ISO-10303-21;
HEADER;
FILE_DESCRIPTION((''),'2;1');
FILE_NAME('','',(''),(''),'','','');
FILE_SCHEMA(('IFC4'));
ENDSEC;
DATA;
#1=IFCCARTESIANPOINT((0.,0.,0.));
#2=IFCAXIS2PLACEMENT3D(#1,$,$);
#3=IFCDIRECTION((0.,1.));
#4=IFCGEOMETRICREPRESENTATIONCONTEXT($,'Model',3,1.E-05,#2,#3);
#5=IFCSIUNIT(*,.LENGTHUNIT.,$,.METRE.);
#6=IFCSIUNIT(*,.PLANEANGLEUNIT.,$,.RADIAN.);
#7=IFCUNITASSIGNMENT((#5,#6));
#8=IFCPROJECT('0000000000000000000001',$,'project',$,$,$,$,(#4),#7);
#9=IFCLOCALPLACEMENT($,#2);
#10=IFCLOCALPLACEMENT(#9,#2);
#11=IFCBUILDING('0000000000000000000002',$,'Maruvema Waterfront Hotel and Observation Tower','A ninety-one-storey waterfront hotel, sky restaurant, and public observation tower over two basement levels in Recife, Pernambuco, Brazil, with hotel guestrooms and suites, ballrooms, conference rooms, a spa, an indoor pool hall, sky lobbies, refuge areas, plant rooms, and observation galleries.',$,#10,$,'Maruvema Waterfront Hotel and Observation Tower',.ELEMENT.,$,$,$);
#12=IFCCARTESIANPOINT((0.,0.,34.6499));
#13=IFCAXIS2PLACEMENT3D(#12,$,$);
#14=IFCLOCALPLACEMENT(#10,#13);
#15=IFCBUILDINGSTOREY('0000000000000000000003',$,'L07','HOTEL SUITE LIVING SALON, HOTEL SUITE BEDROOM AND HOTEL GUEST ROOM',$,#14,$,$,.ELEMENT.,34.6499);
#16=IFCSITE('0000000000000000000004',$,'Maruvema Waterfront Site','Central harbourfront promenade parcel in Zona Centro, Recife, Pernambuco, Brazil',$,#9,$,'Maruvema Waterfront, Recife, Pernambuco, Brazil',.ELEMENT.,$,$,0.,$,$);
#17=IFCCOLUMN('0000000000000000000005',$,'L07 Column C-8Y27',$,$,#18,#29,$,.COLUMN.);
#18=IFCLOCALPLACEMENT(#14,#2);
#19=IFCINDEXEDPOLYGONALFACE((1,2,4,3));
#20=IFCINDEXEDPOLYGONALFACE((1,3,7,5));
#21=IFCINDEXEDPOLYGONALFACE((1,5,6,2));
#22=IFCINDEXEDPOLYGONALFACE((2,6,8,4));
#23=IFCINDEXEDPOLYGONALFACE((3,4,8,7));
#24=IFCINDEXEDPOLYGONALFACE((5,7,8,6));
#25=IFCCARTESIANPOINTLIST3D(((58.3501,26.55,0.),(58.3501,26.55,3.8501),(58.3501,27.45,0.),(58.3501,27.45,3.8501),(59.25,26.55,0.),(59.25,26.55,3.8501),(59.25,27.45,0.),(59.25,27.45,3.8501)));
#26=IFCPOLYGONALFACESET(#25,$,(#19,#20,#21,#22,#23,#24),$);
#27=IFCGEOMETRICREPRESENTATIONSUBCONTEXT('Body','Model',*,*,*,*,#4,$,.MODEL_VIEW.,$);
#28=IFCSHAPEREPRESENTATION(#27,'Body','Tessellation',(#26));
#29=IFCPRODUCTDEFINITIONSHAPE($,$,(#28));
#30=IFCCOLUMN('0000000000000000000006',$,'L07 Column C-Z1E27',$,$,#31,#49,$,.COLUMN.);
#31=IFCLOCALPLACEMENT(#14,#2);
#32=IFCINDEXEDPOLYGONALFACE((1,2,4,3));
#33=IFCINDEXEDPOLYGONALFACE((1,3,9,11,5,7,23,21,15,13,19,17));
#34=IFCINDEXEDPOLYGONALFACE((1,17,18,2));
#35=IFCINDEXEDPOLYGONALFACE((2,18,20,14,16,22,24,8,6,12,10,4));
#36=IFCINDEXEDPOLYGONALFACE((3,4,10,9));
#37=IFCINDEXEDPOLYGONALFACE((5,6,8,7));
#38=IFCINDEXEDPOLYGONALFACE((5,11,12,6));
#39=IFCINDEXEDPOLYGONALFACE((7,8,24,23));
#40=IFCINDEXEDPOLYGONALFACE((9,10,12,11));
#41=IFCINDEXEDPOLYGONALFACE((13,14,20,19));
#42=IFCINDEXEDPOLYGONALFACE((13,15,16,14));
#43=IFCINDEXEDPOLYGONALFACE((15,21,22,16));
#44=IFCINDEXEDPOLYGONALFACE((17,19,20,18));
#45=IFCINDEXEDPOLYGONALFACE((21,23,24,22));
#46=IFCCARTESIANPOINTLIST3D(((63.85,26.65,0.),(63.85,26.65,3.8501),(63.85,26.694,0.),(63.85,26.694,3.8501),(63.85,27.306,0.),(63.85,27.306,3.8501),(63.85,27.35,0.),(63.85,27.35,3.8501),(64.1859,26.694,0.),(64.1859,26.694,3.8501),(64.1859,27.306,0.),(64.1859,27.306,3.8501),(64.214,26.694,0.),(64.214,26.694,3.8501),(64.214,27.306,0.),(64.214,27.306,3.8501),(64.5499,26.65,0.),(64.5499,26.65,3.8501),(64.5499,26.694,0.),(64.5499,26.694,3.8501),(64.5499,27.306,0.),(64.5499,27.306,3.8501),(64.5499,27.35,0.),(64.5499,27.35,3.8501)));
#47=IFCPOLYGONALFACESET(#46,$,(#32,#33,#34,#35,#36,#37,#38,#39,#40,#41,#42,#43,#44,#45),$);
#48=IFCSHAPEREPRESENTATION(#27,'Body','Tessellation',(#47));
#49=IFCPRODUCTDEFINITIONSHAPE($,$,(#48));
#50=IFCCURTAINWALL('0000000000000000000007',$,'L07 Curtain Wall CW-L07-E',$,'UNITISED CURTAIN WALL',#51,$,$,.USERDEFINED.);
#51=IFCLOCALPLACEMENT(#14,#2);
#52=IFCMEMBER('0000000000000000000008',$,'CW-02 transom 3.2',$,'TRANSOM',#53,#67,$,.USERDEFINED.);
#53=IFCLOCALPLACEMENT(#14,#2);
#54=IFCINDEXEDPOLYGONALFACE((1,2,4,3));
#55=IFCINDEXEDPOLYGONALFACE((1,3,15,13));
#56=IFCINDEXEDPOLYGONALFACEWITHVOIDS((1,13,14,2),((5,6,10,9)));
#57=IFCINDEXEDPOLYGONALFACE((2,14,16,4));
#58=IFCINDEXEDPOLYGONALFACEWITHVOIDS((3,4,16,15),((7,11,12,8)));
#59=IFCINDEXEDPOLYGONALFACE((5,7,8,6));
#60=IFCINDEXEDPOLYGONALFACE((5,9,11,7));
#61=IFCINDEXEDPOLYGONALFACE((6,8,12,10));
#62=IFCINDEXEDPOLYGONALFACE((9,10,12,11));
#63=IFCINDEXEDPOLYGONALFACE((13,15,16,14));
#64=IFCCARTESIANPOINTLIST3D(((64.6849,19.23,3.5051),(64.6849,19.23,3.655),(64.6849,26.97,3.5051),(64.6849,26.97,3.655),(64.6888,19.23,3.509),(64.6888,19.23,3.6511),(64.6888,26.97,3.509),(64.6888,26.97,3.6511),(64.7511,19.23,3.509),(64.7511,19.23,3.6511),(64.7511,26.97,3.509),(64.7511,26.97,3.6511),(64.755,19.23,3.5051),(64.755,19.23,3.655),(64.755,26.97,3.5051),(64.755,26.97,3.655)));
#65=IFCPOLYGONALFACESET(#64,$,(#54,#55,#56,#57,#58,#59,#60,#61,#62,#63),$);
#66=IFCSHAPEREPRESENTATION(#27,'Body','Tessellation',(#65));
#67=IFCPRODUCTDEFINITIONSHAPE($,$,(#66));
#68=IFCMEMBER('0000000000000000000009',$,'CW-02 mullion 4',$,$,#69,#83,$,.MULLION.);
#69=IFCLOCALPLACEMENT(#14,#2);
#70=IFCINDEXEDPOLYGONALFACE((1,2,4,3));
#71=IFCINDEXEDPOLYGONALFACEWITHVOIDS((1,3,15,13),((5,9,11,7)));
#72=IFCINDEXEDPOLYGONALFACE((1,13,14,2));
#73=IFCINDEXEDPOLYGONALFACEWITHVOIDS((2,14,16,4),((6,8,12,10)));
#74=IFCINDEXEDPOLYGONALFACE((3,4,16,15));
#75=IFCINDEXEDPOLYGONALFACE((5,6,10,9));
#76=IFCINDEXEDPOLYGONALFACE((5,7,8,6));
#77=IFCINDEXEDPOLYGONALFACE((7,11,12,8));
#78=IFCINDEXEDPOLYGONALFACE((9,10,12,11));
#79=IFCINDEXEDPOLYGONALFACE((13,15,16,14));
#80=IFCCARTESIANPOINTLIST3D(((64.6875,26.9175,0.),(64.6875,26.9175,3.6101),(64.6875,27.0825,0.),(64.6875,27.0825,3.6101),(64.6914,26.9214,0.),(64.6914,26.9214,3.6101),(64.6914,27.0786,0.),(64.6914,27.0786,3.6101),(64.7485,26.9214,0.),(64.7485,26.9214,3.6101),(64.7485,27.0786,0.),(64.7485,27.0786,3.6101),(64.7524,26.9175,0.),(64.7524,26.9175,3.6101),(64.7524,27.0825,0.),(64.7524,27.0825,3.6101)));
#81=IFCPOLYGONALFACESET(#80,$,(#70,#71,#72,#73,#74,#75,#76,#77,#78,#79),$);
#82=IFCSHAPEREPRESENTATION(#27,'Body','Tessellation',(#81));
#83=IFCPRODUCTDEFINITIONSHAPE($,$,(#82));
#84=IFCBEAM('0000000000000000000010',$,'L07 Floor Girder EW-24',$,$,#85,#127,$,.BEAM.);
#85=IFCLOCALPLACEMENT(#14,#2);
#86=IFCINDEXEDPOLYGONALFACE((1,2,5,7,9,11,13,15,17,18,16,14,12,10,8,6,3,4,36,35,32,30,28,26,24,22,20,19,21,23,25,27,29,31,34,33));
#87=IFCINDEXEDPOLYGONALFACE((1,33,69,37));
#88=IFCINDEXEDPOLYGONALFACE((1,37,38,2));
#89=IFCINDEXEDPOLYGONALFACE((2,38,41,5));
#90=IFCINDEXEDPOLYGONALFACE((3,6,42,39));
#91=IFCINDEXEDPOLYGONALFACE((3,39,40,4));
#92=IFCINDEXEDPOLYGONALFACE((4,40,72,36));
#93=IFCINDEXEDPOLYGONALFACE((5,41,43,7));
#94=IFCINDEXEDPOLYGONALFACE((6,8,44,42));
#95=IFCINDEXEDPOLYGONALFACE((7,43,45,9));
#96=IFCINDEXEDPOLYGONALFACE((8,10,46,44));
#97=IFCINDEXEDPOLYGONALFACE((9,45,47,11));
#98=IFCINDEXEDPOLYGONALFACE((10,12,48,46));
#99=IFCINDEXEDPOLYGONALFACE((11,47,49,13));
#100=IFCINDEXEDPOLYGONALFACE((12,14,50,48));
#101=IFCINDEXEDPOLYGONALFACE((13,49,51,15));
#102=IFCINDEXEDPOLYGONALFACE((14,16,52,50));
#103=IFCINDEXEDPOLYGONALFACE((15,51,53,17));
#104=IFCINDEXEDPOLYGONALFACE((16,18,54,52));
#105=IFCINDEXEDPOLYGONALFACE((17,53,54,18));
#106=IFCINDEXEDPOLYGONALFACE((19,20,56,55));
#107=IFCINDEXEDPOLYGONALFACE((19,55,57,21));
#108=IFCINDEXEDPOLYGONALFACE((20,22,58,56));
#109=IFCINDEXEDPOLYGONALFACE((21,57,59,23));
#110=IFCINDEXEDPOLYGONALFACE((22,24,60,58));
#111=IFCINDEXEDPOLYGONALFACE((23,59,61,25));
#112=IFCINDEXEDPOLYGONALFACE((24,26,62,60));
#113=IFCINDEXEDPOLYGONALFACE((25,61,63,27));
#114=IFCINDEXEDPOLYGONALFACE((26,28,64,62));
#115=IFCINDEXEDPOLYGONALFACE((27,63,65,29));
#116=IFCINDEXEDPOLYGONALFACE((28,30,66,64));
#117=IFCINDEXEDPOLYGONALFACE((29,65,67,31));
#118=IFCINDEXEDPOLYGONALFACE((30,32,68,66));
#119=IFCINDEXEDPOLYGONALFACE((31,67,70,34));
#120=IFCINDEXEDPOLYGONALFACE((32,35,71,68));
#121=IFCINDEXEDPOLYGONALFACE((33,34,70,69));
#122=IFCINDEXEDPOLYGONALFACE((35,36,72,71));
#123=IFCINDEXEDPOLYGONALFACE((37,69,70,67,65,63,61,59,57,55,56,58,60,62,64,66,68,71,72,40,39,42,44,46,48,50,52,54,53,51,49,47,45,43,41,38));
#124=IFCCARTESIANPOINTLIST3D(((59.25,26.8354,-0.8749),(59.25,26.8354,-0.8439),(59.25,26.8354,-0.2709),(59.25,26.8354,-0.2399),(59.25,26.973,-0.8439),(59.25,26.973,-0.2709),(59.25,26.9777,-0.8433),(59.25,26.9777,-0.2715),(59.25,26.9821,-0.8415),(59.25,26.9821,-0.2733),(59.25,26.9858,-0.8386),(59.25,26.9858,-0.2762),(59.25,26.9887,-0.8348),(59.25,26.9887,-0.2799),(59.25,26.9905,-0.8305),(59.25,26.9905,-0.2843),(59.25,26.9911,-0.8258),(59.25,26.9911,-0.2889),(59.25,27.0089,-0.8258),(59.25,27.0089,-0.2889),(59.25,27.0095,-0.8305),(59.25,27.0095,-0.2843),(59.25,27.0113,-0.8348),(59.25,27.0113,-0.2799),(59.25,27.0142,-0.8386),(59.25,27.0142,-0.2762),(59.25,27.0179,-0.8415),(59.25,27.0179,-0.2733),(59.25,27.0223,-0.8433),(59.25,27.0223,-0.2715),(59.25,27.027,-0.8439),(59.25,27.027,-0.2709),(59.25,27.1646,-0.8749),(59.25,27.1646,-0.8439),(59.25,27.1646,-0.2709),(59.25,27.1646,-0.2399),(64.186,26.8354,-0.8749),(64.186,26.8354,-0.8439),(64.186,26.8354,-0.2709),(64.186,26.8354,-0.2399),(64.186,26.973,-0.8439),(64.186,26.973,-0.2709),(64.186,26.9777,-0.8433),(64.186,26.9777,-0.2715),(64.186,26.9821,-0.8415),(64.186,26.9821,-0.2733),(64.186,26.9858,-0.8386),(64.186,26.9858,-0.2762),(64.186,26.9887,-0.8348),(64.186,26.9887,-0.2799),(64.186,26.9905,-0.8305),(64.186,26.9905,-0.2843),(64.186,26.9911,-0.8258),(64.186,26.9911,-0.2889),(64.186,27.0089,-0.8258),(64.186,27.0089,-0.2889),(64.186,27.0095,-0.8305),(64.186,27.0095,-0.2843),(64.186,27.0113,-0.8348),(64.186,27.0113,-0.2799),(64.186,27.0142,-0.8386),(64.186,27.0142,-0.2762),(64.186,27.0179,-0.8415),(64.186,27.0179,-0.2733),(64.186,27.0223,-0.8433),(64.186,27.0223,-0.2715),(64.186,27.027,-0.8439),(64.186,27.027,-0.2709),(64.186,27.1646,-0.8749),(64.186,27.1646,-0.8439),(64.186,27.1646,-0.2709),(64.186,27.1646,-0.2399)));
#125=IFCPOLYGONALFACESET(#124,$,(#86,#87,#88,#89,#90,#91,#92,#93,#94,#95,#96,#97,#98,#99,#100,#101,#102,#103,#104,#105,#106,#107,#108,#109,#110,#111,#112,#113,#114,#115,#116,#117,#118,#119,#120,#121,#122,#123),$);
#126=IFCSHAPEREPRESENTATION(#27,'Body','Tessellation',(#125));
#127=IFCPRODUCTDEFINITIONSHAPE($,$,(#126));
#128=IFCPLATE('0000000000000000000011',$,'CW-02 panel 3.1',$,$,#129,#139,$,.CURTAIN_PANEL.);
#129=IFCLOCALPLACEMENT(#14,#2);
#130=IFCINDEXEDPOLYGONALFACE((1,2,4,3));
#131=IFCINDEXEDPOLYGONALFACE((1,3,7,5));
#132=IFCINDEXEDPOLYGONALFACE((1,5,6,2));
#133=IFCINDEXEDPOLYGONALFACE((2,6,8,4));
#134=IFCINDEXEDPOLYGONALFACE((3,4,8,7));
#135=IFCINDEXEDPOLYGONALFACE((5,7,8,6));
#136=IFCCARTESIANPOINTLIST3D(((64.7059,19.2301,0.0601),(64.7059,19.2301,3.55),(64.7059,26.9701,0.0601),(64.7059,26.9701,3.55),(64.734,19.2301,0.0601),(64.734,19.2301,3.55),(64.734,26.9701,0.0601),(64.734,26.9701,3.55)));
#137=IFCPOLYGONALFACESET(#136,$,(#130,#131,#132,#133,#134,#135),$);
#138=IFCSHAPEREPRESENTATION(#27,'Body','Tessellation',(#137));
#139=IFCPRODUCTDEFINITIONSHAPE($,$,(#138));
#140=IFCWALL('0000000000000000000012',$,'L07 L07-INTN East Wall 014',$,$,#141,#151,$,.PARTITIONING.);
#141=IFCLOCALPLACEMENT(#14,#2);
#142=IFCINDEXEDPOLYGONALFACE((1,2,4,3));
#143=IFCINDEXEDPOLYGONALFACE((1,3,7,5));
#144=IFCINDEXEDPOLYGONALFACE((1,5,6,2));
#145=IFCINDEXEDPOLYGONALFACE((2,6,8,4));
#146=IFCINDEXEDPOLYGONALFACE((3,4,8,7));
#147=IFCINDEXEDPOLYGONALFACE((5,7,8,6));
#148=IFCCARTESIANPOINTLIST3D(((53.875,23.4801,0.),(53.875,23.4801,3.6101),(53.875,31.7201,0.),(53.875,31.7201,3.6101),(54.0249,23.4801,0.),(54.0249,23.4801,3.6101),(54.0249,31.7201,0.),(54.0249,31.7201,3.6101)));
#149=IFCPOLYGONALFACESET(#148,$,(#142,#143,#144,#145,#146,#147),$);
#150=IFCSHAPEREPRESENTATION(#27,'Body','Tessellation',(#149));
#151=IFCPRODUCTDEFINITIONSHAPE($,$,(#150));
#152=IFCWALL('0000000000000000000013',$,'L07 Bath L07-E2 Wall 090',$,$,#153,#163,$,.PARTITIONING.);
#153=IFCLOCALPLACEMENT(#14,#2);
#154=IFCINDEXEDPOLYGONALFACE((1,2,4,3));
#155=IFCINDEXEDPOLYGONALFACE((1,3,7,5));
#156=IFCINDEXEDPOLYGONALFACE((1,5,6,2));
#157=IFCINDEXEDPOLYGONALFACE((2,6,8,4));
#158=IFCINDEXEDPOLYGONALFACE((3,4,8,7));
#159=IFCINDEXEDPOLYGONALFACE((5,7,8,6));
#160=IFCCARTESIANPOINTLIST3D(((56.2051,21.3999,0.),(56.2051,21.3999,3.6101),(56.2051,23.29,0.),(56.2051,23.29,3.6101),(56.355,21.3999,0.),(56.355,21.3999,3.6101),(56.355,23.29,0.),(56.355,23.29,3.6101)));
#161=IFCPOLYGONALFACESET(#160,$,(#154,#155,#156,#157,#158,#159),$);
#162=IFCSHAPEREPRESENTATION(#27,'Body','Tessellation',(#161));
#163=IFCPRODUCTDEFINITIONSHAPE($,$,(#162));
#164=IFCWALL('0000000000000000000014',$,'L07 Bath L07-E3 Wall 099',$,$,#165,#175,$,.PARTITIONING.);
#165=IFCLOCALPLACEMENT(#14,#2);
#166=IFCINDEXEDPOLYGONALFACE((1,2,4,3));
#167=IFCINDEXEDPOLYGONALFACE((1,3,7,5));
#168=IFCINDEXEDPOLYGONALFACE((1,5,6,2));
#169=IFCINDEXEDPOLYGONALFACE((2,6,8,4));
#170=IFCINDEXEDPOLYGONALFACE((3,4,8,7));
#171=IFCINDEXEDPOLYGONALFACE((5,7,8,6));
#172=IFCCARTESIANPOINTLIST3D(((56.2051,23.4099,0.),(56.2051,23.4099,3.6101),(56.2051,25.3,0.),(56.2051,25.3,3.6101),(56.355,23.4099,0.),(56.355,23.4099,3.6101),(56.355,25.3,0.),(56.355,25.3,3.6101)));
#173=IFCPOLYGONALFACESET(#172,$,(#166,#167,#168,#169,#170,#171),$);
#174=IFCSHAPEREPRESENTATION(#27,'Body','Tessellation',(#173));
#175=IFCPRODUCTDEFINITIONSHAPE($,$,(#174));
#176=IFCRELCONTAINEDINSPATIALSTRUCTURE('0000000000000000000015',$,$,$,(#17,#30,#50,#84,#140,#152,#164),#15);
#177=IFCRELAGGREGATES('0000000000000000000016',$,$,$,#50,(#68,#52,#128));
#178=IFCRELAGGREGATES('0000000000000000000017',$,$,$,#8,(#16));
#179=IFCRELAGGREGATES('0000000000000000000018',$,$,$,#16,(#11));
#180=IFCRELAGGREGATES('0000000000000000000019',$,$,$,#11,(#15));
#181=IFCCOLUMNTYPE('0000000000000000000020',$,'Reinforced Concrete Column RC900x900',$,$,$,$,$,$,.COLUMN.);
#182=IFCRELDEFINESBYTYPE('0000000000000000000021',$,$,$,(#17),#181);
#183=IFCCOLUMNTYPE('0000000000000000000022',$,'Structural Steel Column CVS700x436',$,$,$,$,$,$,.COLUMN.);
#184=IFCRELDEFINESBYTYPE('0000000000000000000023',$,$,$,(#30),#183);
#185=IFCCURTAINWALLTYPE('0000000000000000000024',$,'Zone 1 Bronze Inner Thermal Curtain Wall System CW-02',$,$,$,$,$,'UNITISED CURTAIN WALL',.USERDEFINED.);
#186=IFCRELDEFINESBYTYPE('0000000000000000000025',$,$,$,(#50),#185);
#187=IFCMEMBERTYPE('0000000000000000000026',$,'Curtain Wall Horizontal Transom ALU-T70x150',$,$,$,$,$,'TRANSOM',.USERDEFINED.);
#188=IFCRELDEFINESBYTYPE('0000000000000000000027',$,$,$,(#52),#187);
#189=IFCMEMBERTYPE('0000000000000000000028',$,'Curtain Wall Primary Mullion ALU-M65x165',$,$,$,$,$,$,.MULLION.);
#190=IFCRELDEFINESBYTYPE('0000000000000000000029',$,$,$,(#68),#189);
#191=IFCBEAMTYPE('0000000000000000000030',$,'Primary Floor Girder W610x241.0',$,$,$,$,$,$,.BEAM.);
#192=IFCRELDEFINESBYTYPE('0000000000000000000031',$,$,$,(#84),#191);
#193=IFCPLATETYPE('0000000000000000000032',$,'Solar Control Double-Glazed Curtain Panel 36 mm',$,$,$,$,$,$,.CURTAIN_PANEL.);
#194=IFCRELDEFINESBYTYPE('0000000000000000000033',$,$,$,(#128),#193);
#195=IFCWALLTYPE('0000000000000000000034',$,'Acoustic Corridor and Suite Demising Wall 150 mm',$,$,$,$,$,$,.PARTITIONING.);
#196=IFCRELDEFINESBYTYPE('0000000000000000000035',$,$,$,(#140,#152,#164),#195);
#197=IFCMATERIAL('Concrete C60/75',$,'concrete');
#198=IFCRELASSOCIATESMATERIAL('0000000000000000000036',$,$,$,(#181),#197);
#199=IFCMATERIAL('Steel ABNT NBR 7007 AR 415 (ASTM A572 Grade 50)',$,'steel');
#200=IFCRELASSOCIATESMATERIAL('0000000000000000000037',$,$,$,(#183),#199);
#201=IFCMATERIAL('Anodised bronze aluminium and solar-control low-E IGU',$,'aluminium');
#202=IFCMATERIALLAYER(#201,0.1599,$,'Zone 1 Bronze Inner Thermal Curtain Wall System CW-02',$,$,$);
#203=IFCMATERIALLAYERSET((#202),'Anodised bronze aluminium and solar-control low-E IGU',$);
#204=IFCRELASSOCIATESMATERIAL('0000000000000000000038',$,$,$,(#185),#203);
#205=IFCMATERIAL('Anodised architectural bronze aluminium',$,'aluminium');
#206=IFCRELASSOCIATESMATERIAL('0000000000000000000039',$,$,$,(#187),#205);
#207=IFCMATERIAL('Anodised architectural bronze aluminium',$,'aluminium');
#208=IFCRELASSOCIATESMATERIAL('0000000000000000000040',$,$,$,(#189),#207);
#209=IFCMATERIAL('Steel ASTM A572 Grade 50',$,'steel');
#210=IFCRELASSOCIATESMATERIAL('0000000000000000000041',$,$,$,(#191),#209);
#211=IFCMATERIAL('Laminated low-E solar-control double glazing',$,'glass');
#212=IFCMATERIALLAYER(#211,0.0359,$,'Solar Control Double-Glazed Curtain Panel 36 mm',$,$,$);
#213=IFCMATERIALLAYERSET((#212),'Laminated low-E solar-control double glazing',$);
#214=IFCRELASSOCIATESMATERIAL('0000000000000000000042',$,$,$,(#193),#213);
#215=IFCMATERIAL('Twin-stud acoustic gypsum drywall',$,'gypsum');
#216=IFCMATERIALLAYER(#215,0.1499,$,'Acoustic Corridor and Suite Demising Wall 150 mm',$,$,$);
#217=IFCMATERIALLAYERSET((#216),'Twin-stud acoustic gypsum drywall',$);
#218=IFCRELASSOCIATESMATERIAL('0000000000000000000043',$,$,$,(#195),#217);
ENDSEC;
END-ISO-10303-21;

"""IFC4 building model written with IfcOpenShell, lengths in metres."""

from ifc_helpers import new_model, si_unit, direction, frame, frame_2d, origin, origin_2d, place, context, subcontext, project, spatial, rectangle, hollow_rectangle, i_section, extrude, material, layer, layer_set, material_profile, profile_set, type_object, element, aggregate, save


model = new_model("IFC4")

# Units and contexts
model_context = context("Model", 3, precision=1e-05, world=origin(), true_north=direction((0.0, 1.0)))
body_context = subcontext(model_context, "Body", "Model", "MODEL_VIEW")
ifc_project = project(units=[si_unit("LENGTHUNIT", "METRE"), si_unit("PLANEANGLEUNIT", "RADIAN")], contexts=[model_context])

# Site, building, storey
site_placement = place(None, origin())
site = spatial("IfcSite", under=ifc_project, at=site_placement, Name="Maruvema Waterfront Site", Description="Central harbourfront promenade parcel in Zona Centro, Recife, Pernambuco, Brazil", LongName="Maruvema Waterfront, Recife, Pernambuco, Brazil", CompositionType="ELEMENT", RefElevation=0.0)
building_placement = place(site_placement, origin())
building = spatial("IfcBuilding", under=site, at=building_placement, Name="Maruvema Waterfront Hotel and Observation Tower", Description="A ninety-one-storey waterfront hotel, sky restaurant, and public observation tower over two basement levels in Recife, Pernambuco, Brazil, with hotel guestrooms and suites, ballrooms, conference rooms, a spa, an indoor pool hall, sky lobbies, refuge areas, plant rooms, and observation galleries.", LongName="Maruvema Waterfront Hotel and Observation Tower", CompositionType="ELEMENT")
storey_placement = place(building_placement, frame((0.0, 0.0, 34.6499)))
storey = spatial("IfcBuildingStorey", under=building, at=storey_placement, Name="L07", Description="HOTEL SUITE LIVING SALON, HOTEL SUITE BEDROOM AND HOTEL GUEST ROOM", CompositionType="ELEMENT", Elevation=34.6499)

# Columns
ifc_material_1 = material(Name="Concrete C60/75", Category="concrete")
ifc_material_profile_1 = material_profile(ifc_material_1, rectangle(XDim=0.8999, YDim=0.8999, at=origin_2d()), Name="RC900x900")
ifc_profile_set_1 = profile_set([ifc_material_profile_1], Name="Concrete C60/75")
column_type_1 = type_object("IfcColumnType", Name="Reinforced Concrete Column RC900x900", PredefinedType="COLUMN", material=ifc_profile_set_1)
column_1_placement = place(storey_placement, frame((58.8, 27.0, 0.0), z_axis=(0.0, 0.0, 1.0), x_axis=(1.0, 0.0, 0.0)))
element("IfcColumn", 1, at=column_1_placement, inside=storey, type_object=column_type_1, Name="L07 Column C-8Y27", PredefinedType="COLUMN", context=body_context, shape_type="SweptSolid", body=[
    extrude(rectangle(XDim=0.8999, YDim=0.8999, at=origin_2d()), origin(), (0.0, 0.0, 1.0), 3.8501),
])
ifc_material_2 = material(Name="Steel ABNT NBR 7007 AR 415 (ASTM A572 Grade 50)", Category="steel")
ifc_material_profile_2 = material_profile(ifc_material_2, i_section(OverallWidth=0.7, OverallDepth=0.7, WebThickness=0.0281, FlangeThickness=0.0439, at=origin_2d()), Name="CVS700x436")
ifc_profile_set_2 = profile_set([ifc_material_profile_2], Name="Steel ABNT NBR 7007 AR 415 (ASTM A572 Grade 50)")
column_type_2 = type_object("IfcColumnType", Name="Structural Steel Column CVS700x436", PredefinedType="COLUMN", material=ifc_profile_set_2)
column_2_placement = place(storey_placement, frame((64.2, 27.0, 0.0), z_axis=(0.0, 0.0, 1.0), x_axis=(1.0, 0.0, 0.0)))
element("IfcColumn", 2, at=column_2_placement, inside=storey, type_object=column_type_2, Name="L07 Column C-Z1E27", PredefinedType="COLUMN", context=body_context, shape_type="SweptSolid", body=[
    extrude(i_section(OverallWidth=0.7, OverallDepth=0.7, WebThickness=0.0281, FlangeThickness=0.0439, at=origin_2d()), origin(), (0.0, 0.0, 1.0), 3.8501),
])

# Curtain wall, members
ifc_material_3 = material(Name="Anodised bronze aluminium and solar-control low-E IGU", Category="aluminium")
ifc_layer_1 = layer(ifc_material_3, 0.1599, Name="Zone 1 Bronze Inner Thermal Curtain Wall System CW-02")
ifc_layer_set_1 = layer_set([ifc_layer_1], Name="Anodised bronze aluminium and solar-control low-E IGU")
curtain_wall_type = type_object("IfcCurtainWallType", Name="Zone 1 Bronze Inner Thermal Curtain Wall System CW-02", ElementType="UNITISED CURTAIN WALL", PredefinedType="USERDEFINED", material=ifc_layer_set_1)
curtain_wall_placement = place(storey_placement, origin())
curtain_wall = element("IfcCurtainWall", 3, at=curtain_wall_placement, inside=storey, type_object=curtain_wall_type, Name="L07 Curtain Wall CW-L07-E", ObjectType="UNITISED CURTAIN WALL", PredefinedType="USERDEFINED")
ifc_material_4 = material(Name="Anodised architectural bronze aluminium", Category="aluminium")
ifc_material_profile_3 = material_profile(ifc_material_4, hollow_rectangle(XDim=0.0701, YDim=0.1499, WallThickness=0.0039, at=origin_2d()), Name="ALU-T70x150")
ifc_profile_set_3 = profile_set([ifc_material_profile_3], Name="Anodised architectural bronze aluminium")
member_type_1 = type_object("IfcMemberType", Name="Curtain Wall Horizontal Transom ALU-T70x150", ElementType="TRANSOM", PredefinedType="USERDEFINED", material=ifc_profile_set_3)
member_1_placement = place(storey_placement, frame((64.72, 19.23, 3.5801), z_axis=(0.0, 1.0, 0.0), x_axis=(-1.0, 0.0, 0.0)))
member_1 = element("IfcMember", 4, at=member_1_placement, type_object=member_type_1, Name="CW-02 transom 3.2", ObjectType="TRANSOM", PredefinedType="USERDEFINED", context=body_context, shape_type="SweptSolid", body=[
    extrude(hollow_rectangle(XDim=0.0701, YDim=0.1499, WallThickness=0.0039, at=origin_2d()), origin(), (0.0, 0.0, 1.0), 7.74),
])
ifc_material_5 = material(Name="Anodised architectural bronze aluminium", Category="aluminium")
ifc_material_profile_4 = material_profile(ifc_material_5, hollow_rectangle(XDim=0.0649, YDim=0.165, WallThickness=0.0039, at=origin_2d()), Name="ALU-M65x165")
ifc_profile_set_4 = profile_set([ifc_material_profile_4], Name="Anodised architectural bronze aluminium")
member_type_2 = type_object("IfcMemberType", Name="Curtain Wall Primary Mullion ALU-M65x165", PredefinedType="MULLION", material=ifc_profile_set_4)
member_2_placement = place(storey_placement, frame((64.72, 27.0, 0.0), z_axis=(0.0, 0.0, 1.0), x_axis=(-1.0, 0.0, 0.0)))
member_2 = element("IfcMember", 5, at=member_2_placement, type_object=member_type_2, Name="CW-02 mullion 4", PredefinedType="MULLION", context=body_context, shape_type="SweptSolid", body=[
    extrude(hollow_rectangle(XDim=0.0649, YDim=0.165, WallThickness=0.0039, at=origin_2d()), origin(), (0.0, 0.0, 1.0), 3.6101),
])

# Beam
ifc_material_6 = material(Name="Steel ASTM A572 Grade 50", Category="steel")
ifc_material_profile_5 = material_profile(ifc_material_6, i_section(OverallWidth=0.3291, OverallDepth=0.635, WebThickness=0.0178, FlangeThickness=0.031, FilletRadius=0.0181, at=origin_2d()), Name="W610x241.0")
ifc_profile_set_5 = profile_set([ifc_material_profile_5], Name="Steel ASTM A572 Grade 50")
beam_type = type_object("IfcBeamType", Name="Primary Floor Girder W610x241.0", PredefinedType="BEAM", material=ifc_profile_set_5)
beam_placement = place(storey_placement, frame((59.25, 27.0, -0.5574), z_axis=(1.0, 0.0, 0.0), x_axis=(0.0, 1.0, 0.0)))
element("IfcBeam", 6, at=beam_placement, inside=storey, type_object=beam_type, Name="L07 Floor Girder EW-24", PredefinedType="BEAM", context=body_context, shape_type="SweptSolid", body=[
    extrude(i_section(OverallWidth=0.3291, OverallDepth=0.635, WebThickness=0.0178, FlangeThickness=0.031, FilletRadius=0.0181, at=origin_2d()), origin(), (0.0, 0.0, 1.0), 4.936),
])

# Plate
ifc_material_7 = material(Name="Laminated low-E solar-control double glazing", Category="glass")
ifc_layer_2 = layer(ifc_material_7, 0.0359, Name="Solar Control Double-Glazed Curtain Panel 36 mm")
ifc_layer_set_2 = layer_set([ifc_layer_2], Name="Laminated low-E solar-control double glazing")
plate_type = type_object("IfcPlateType", Name="Solar Control Double-Glazed Curtain Panel 36 mm", PredefinedType="CURTAIN_PANEL", material=ifc_layer_set_2)
plate_placement = place(storey_placement, frame((64.72, 23.1001, 0.0601), z_axis=(0.0, 0.0, 1.0), x_axis=(0.0, 1.0, 0.0)))
plate = element("IfcPlate", 7, at=plate_placement, type_object=plate_type, Name="CW-02 panel 3.1", PredefinedType="CURTAIN_PANEL", context=body_context, shape_type="SweptSolid", body=[
    extrude(rectangle(XDim=7.74, YDim=0.0281, at=origin_2d()), origin(), (0.0, 0.0, 1.0), 3.49),
])
aggregate(curtain_wall, [member_2, member_1, plate])

# Walls
ifc_material_8 = material(Name="Twin-stud acoustic gypsum drywall", Category="gypsum")
ifc_layer_3 = layer(ifc_material_8, 0.1499, Name="Acoustic Corridor and Suite Demising Wall 150 mm")
ifc_layer_set_3 = layer_set([ifc_layer_3], Name="Twin-stud acoustic gypsum drywall")
wall_type_1 = type_object("IfcWallType", Name="Acoustic Corridor and Suite Demising Wall 150 mm", PredefinedType="PARTITIONING", material=ifc_layer_set_3)
wall_1_placement = place(storey_placement, frame((53.95, 23.48, 0.0), z_axis=(0.0, 0.0, 1.0), x_axis=(0.0, 1.0, 0.0)))
element("IfcWall", 8, at=wall_1_placement, inside=storey, type_object=wall_type_1, Name="L07 L07-INTN East Wall 014", PredefinedType="PARTITIONING", context=body_context, shape_type="SweptSolid", body=[
    extrude(rectangle(XDim=8.24, YDim=0.1499, at=frame_2d((4.1201, 0.0))), origin(), (0.0, 0.0, 1.0), 3.6101),
])
for number, where, z_axis, x_axis, name in (
    (9, (56.28, 21.3999, 0.0), (0.0, 0.0, 1.0), (0.0, 1.0, 0.0), "L07 Bath L07-E2 Wall 090"),
    (10, (56.28, 23.4099, 0.0), (0.0, 0.0, 1.0), (0.0, 1.0, 0.0), "L07 Bath L07-E3 Wall 099"),
):
    element("IfcWall", number, at=place(storey_placement, frame(where, z_axis=z_axis, x_axis=x_axis)), inside=storey, type_object=wall_type_1, Name=name, PredefinedType="PARTITIONING", context=body_context, shape_type="SweptSolid", body=[
        extrude(rectangle(XDim=1.8901, YDim=0.1499, at=frame_2d((0.9451, 0.0))), origin(), (0.0, 0.0, 1.0), 3.6101),
    ])

save(model, "model.ifc")
